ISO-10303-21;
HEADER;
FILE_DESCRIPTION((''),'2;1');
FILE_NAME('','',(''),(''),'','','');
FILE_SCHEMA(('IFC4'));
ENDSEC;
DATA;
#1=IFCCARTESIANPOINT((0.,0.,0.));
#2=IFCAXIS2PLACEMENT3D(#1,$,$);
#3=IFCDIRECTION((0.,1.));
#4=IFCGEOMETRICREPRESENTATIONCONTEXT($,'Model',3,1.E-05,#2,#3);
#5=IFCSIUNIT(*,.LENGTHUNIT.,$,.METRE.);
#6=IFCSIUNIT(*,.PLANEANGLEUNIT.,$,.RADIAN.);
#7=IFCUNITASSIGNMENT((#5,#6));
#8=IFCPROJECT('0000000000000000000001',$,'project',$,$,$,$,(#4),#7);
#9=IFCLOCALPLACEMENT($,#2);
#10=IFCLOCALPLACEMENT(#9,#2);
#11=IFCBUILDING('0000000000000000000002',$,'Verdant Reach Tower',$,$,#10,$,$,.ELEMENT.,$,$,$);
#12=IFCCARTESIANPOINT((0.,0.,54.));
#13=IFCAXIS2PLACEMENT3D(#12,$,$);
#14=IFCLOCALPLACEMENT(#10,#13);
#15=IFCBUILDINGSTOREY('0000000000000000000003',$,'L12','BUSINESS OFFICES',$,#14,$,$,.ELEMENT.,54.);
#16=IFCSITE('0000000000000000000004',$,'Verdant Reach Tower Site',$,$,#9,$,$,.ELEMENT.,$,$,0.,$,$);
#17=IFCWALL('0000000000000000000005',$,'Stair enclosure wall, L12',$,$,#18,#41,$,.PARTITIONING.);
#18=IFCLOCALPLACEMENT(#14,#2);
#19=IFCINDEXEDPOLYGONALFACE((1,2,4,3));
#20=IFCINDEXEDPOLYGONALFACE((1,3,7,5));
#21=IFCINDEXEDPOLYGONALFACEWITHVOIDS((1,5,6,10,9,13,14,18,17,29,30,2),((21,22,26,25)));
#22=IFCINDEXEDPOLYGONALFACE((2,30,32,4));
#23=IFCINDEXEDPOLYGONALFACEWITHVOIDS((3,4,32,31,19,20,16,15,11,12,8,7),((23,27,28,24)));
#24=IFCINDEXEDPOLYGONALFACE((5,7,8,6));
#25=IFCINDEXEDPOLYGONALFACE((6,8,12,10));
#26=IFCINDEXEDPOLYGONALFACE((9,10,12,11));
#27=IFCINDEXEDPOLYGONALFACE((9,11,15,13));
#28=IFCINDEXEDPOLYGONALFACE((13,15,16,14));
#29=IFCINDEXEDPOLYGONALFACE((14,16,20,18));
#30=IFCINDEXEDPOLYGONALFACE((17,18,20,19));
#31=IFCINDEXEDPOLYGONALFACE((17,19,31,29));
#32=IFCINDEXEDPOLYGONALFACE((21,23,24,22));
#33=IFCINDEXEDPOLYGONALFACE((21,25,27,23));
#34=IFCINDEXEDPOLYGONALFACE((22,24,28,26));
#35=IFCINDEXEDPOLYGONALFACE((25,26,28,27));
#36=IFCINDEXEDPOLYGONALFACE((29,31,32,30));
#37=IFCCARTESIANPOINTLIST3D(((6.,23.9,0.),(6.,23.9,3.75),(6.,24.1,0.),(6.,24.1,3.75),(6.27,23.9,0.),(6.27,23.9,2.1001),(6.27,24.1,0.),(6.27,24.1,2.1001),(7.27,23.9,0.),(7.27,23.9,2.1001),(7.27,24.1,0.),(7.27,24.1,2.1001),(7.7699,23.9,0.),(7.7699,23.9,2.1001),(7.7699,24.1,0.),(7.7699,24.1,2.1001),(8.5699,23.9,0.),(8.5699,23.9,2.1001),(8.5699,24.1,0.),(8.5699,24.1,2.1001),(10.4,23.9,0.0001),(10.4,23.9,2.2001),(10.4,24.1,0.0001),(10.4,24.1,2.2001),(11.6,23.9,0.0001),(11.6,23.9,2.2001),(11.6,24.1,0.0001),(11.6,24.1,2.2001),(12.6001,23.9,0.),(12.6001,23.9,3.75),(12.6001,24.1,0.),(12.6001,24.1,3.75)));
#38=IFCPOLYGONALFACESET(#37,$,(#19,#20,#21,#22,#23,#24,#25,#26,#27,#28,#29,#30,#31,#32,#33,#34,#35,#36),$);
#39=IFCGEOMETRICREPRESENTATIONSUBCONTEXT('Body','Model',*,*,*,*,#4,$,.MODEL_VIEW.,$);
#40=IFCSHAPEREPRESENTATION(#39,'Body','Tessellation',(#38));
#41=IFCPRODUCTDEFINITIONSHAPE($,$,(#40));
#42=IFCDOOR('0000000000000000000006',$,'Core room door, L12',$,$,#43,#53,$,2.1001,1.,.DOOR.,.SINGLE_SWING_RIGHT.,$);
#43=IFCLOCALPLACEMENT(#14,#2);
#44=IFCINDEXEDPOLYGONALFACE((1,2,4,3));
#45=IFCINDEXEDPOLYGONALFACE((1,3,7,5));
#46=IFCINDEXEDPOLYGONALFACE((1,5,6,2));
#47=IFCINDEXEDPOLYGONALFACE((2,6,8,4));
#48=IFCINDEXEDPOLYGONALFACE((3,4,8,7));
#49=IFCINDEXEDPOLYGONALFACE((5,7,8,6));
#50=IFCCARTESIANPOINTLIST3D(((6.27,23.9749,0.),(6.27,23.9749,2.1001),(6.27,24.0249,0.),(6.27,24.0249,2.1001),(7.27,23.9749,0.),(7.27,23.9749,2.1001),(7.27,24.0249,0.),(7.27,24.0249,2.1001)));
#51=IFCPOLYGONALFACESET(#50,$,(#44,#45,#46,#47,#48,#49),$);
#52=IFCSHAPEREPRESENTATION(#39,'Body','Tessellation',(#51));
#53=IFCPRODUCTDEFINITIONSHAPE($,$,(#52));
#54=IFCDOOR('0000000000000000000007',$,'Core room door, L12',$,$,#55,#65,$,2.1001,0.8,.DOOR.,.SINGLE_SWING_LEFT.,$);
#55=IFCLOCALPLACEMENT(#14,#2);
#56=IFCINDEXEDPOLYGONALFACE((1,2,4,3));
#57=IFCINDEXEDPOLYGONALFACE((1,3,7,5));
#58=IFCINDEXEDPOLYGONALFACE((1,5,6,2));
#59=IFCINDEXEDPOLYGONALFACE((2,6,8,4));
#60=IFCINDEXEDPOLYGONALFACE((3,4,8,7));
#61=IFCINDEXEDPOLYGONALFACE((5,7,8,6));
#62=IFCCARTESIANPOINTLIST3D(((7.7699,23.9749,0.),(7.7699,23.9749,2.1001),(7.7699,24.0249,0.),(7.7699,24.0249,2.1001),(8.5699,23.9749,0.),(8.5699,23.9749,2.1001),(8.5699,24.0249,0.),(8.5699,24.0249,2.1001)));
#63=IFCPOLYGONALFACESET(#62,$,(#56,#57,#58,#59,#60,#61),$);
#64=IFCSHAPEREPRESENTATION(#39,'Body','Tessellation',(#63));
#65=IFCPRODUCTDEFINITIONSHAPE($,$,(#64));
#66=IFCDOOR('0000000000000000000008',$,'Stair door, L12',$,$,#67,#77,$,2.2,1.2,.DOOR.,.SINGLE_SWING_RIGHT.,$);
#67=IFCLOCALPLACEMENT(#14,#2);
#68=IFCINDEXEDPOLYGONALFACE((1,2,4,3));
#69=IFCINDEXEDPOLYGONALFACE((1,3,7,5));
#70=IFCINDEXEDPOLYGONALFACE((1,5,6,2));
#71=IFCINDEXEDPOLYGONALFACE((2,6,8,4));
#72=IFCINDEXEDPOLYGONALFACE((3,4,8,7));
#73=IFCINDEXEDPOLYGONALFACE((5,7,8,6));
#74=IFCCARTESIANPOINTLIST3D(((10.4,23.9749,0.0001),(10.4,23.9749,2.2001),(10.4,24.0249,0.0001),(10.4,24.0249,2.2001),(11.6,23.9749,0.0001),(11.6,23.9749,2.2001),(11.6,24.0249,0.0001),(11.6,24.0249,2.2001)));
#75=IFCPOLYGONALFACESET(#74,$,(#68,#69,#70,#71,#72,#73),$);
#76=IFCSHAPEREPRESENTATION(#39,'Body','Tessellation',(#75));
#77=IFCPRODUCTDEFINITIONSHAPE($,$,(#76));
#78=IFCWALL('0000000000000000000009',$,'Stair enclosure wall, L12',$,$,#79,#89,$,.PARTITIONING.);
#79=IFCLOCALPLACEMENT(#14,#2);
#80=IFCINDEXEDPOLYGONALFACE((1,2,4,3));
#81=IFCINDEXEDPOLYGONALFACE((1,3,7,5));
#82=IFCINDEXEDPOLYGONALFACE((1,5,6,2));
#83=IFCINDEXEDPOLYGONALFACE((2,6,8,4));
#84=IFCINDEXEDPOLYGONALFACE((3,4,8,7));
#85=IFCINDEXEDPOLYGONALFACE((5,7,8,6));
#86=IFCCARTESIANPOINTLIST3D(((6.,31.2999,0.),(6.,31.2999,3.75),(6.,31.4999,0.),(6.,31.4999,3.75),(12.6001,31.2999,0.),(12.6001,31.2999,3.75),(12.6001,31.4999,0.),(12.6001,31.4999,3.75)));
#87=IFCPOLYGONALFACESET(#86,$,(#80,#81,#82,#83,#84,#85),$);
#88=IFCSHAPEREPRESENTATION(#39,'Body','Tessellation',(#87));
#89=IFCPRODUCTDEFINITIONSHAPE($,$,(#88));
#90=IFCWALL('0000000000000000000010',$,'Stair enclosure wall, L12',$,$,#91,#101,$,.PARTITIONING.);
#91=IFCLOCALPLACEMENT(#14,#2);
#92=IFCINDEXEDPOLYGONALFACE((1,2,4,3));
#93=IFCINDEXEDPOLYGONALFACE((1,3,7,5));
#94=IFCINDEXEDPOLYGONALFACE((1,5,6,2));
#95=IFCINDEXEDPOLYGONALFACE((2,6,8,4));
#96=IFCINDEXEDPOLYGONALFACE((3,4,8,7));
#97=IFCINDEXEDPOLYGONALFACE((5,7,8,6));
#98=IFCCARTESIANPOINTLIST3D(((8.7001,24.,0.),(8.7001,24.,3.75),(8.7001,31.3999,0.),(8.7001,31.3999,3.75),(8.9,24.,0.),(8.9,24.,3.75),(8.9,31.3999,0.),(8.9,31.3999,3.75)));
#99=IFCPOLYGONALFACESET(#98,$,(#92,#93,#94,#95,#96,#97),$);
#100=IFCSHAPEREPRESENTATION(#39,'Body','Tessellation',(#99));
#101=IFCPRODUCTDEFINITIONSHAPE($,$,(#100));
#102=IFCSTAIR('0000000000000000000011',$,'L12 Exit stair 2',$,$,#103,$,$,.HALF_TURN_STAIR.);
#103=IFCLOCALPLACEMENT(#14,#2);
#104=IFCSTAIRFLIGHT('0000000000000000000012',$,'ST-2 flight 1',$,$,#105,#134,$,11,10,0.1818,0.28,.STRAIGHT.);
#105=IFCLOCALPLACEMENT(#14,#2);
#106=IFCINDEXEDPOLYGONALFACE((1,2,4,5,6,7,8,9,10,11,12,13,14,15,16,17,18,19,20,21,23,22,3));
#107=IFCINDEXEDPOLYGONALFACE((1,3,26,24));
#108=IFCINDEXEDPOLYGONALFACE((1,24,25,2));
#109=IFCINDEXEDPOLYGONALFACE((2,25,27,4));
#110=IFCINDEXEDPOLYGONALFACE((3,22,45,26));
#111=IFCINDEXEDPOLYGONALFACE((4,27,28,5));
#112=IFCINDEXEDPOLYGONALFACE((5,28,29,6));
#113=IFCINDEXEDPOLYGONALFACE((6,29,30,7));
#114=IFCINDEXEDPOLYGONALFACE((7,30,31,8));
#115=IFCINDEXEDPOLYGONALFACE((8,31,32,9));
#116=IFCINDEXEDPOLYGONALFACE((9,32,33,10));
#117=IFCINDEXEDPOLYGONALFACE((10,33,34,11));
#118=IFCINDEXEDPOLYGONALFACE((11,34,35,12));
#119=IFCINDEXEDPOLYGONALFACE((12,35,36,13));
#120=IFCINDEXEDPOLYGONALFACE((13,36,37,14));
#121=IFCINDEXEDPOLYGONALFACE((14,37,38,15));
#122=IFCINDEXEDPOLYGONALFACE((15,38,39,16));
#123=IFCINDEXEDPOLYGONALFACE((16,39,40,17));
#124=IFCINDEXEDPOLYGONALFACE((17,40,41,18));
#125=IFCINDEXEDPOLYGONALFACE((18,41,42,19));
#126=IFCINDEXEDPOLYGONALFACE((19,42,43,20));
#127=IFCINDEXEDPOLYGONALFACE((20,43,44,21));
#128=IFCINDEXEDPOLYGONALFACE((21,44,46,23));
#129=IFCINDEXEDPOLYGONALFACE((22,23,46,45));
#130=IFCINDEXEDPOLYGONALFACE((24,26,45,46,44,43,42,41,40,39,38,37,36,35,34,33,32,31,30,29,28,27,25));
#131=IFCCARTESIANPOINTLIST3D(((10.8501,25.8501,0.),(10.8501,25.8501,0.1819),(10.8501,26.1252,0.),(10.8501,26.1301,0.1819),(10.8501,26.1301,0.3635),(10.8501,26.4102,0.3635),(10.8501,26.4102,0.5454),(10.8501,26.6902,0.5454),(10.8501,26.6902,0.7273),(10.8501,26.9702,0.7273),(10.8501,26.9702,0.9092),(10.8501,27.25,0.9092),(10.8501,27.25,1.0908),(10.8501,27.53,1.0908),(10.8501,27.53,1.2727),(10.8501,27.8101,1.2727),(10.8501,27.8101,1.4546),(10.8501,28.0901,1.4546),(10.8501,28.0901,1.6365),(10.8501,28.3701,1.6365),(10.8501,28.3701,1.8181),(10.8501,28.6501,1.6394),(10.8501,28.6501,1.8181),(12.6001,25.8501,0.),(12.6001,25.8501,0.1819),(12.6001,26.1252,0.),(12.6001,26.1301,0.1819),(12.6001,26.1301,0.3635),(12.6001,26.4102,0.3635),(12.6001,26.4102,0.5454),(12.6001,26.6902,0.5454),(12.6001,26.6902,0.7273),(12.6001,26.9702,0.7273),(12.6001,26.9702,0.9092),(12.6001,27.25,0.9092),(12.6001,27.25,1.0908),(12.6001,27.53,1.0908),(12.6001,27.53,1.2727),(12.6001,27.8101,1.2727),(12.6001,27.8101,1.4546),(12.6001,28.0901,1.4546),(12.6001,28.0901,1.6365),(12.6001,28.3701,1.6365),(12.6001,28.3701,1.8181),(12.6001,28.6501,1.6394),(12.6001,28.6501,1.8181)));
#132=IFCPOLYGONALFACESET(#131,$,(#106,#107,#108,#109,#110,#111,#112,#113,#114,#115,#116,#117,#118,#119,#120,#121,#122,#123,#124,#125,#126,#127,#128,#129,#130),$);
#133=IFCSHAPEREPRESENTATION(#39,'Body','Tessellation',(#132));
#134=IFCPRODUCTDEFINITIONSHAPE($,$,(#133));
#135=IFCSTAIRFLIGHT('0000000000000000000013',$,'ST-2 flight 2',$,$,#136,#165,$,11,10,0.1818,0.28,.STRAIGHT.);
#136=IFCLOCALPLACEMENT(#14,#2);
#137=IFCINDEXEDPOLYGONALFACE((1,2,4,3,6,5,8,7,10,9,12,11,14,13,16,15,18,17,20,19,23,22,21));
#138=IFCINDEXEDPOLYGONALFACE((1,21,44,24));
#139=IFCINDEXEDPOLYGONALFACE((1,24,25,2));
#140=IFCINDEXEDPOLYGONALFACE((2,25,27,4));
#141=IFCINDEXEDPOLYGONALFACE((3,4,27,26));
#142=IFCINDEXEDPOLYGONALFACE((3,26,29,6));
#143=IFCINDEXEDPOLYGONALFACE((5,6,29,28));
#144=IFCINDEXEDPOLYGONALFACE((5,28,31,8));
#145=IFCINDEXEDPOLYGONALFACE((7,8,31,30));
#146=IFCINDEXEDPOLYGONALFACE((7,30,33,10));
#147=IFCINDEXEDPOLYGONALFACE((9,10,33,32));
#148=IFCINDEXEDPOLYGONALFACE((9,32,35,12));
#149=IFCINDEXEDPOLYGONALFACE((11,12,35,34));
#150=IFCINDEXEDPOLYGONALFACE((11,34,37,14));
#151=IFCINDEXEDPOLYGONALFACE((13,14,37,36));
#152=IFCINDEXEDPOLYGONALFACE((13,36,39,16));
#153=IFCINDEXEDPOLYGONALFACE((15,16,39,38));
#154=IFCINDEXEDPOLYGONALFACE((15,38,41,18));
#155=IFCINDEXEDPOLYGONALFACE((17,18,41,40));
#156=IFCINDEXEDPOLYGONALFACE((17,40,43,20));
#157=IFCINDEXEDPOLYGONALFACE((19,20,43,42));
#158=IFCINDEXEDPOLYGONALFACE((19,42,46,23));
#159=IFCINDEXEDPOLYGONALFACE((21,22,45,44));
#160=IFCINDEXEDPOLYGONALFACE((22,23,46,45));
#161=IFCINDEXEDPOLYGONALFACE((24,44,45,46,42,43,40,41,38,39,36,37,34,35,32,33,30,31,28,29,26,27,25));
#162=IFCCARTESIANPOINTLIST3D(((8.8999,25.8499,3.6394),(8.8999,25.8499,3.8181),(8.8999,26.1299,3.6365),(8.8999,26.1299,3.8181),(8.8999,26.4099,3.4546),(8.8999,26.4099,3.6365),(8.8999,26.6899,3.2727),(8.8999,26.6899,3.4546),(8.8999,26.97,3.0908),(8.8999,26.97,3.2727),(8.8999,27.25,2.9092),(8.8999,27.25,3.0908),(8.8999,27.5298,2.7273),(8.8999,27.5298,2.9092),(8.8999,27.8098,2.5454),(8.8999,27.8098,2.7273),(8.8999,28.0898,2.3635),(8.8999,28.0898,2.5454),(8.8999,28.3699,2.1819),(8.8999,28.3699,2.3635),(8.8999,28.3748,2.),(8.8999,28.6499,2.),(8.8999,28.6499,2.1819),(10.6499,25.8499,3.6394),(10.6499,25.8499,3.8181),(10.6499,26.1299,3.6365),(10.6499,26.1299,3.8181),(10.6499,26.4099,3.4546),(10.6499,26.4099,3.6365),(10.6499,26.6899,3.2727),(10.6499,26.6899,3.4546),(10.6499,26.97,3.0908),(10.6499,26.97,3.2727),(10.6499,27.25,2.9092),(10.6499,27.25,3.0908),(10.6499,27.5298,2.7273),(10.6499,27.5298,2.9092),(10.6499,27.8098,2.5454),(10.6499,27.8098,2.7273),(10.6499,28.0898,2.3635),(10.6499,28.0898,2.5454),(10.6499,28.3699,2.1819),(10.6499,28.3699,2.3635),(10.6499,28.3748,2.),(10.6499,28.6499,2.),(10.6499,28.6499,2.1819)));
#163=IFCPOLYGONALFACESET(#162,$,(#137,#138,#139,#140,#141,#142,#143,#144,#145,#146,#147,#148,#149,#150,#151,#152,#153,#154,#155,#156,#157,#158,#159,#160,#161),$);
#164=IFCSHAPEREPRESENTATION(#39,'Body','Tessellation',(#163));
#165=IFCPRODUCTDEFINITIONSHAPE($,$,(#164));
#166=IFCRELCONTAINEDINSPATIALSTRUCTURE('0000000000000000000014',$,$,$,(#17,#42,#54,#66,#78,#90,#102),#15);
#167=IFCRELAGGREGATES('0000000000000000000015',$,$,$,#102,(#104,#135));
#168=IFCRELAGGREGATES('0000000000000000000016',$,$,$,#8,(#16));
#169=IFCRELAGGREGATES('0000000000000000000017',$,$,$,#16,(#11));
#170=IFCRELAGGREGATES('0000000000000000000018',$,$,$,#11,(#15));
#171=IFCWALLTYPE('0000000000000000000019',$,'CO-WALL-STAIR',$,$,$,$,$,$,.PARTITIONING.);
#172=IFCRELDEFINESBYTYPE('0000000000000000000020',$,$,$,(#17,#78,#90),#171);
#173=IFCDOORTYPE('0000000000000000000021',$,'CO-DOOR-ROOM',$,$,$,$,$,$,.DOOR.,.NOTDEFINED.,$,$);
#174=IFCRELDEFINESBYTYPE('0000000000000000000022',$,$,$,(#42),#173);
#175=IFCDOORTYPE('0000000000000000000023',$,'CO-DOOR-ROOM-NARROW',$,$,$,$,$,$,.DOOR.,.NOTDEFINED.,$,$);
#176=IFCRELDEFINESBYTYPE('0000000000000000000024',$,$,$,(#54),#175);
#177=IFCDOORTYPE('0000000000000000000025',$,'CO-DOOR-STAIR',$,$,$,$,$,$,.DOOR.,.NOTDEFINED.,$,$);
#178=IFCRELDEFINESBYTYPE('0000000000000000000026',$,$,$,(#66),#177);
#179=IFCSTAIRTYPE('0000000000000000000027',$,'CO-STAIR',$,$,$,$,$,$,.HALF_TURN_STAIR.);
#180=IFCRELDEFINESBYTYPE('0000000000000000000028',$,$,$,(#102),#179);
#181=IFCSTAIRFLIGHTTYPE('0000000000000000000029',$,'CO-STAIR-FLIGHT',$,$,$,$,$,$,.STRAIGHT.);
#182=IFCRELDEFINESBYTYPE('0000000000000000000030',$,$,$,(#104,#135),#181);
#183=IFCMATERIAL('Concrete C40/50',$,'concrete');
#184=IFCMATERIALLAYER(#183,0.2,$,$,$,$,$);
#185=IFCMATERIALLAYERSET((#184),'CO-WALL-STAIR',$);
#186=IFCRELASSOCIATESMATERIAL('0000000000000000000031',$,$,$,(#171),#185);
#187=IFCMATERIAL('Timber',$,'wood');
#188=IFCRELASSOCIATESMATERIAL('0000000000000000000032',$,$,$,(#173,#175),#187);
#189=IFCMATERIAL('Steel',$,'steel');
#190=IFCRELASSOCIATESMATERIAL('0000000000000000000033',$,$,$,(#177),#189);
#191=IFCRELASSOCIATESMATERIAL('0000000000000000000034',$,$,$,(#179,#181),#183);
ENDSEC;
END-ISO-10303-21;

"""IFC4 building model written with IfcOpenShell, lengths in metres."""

from ifc_helpers import new_model, si_unit, direction, frame, frame_2d, origin, place, context, subcontext, project, spatial, polyline, rectangle, outline, extrude, material, layer, layer_set, type_object, element, fill, aggregate, save


model = new_model("IFC4")

# Units and contexts
model_context = context("Model", 3, precision=1e-05, world=origin(), true_north=direction((0.0, 1.0)))
body_context = subcontext(model_context, "Body", "Model", "MODEL_VIEW")
ifc_project = project(units=[si_unit("LENGTHUNIT", "METRE"), si_unit("PLANEANGLEUNIT", "RADIAN")], contexts=[model_context])

# Site, building, storey
site_placement = place(None, origin())
site = spatial("IfcSite", under=ifc_project, at=site_placement, Name="Verdant Reach Tower Site", CompositionType="ELEMENT", RefElevation=0.0)
building_placement = place(site_placement, origin())
building = spatial("IfcBuilding", under=site, at=building_placement, Name="Verdant Reach Tower", CompositionType="ELEMENT")
storey_placement = place(building_placement, frame((0.0, 0.0, 54.0)))
storey = spatial("IfcBuildingStorey", under=building, at=storey_placement, Name="L12", Description="BUSINESS OFFICES", CompositionType="ELEMENT", Elevation=54.0)

# Shared definitions
ifc_material_1 = material(Name="Concrete C40/50", Category="concrete")

# Wall, openings, doors
ifc_layer_1 = layer(ifc_material_1, 0.2)
ifc_layer_set_1 = layer_set([ifc_layer_1], Name="CO-WALL-STAIR")
wall_type_1 = type_object("IfcWallType", Name="CO-WALL-STAIR", PredefinedType="PARTITIONING", material=ifc_layer_set_1)
wall_1_placement = place(storey_placement, frame((6.0, 24.0, 0.0), z_axis=(0.0, 0.0, 1.0), x_axis=(1.0, 0.0, 0.0)))
wall_1 = element("IfcWall", 1, at=wall_1_placement, inside=storey, type_object=wall_type_1, Name="Stair enclosure wall, L12", PredefinedType="PARTITIONING", context=body_context, shape_type="SweptSolid", body=[
    extrude(rectangle(XDim=6.6001, YDim=0.2, at=frame_2d((3.3, 0.0))), origin(), (0.0, 0.0, 1.0), 3.75),
])
opening_1_placement = place(wall_1_placement, frame((0.27, 0.0, 0.0)))
opening_1 = element("IfcOpeningElement", 2, at=opening_1_placement, cuts=wall_1, PredefinedType="OPENING", context=body_context, shape_type="SweptSolid", body=[
    extrude(rectangle(XDim=1.0, YDim=2.1001, at=frame_2d((0.5, 1.05))), frame((0.0, 0.1099, 0.0), z_axis=(0.0, -1.0, 0.0), x_axis=(1.0, 0.0, 0.0)), (0.0, 0.0, 1.0), 0.22),
])
opening_2_placement = place(wall_1_placement, frame((1.77, 0.0, 0.0)))
opening_2 = element("IfcOpeningElement", 3, at=opening_2_placement, cuts=wall_1, PredefinedType="OPENING", context=body_context, shape_type="SweptSolid", body=[
    extrude(rectangle(XDim=0.8, YDim=2.1001, at=frame_2d((0.3999, 1.05))), frame((0.0, 0.1099, 0.0), z_axis=(0.0, -1.0, 0.0), x_axis=(1.0, 0.0, 0.0)), (0.0, 0.0, 1.0), 0.22),
])
opening_3_placement = place(wall_1_placement, frame((4.3999, 0.0, 0.0)))
opening_3 = element("IfcOpeningElement", 4, at=opening_3_placement, cuts=wall_1, PredefinedType="OPENING", context=body_context, shape_type="SweptSolid", body=[
    extrude(rectangle(XDim=1.2, YDim=2.2, at=frame_2d((0.6001, 1.1001))), frame((0.0, 0.1099, 0.0), z_axis=(0.0, -1.0, 0.0), x_axis=(1.0, 0.0, 0.0)), (0.0, 0.0, 1.0), 0.22),
])
ifc_material_2 = material(Name="Timber", Category="wood")
door_type_1 = type_object("IfcDoorType", Name="CO-DOOR-ROOM", OperationType="NOTDEFINED", PredefinedType="DOOR", material=ifc_material_2)
door_1_placement = place(opening_1_placement, origin())
door_1 = element("IfcDoor", 5, at=door_1_placement, inside=storey, type_object=door_type_1, Name="Core room door, L12", OperationType="SINGLE_SWING_RIGHT", OverallHeight=2.1001, OverallWidth=1.0, PredefinedType="DOOR", context=body_context, shape_type="SweptSolid", body=[
    extrude(rectangle(XDim=1.0, YDim=2.1001, at=frame_2d((0.5, 1.05))), frame((0.0, 0.0249, 0.0), z_axis=(0.0, -1.0, 0.0), x_axis=(1.0, 0.0, 0.0)), (0.0, 0.0, 1.0), 0.05),
])
fill(opening_1, door_1)
door_type_2 = type_object("IfcDoorType", Name="CO-DOOR-ROOM-NARROW", OperationType="NOTDEFINED", PredefinedType="DOOR", material=ifc_material_2)
door_2_placement = place(opening_2_placement, origin())
door_2 = element("IfcDoor", 6, at=door_2_placement, inside=storey, type_object=door_type_2, Name="Core room door, L12", OperationType="SINGLE_SWING_LEFT", OverallHeight=2.1001, OverallWidth=0.8, PredefinedType="DOOR", context=body_context, shape_type="SweptSolid", body=[
    extrude(rectangle(XDim=0.8, YDim=2.1001, at=frame_2d((0.3999, 1.05))), frame((0.0, 0.0249, 0.0), z_axis=(0.0, -1.0, 0.0), x_axis=(1.0, 0.0, 0.0)), (0.0, 0.0, 1.0), 0.05),
])
fill(opening_2, door_2)
ifc_material_3 = material(Name="Steel", Category="steel")
door_type_3 = type_object("IfcDoorType", Name="CO-DOOR-STAIR", OperationType="NOTDEFINED", PredefinedType="DOOR", material=ifc_material_3)
door_3_placement = place(opening_3_placement, origin())
door_3 = element("IfcDoor", 7, at=door_3_placement, inside=storey, type_object=door_type_3, Name="Stair door, L12", OperationType="SINGLE_SWING_RIGHT", OverallHeight=2.2, OverallWidth=1.2, PredefinedType="DOOR", context=body_context, shape_type="SweptSolid", body=[
    extrude(rectangle(XDim=1.2, YDim=2.2, at=frame_2d((0.6001, 1.1001))), frame((0.0, 0.0249, 0.0), z_axis=(0.0, -1.0, 0.0), x_axis=(1.0, 0.0, 0.0)), (0.0, 0.0, 1.0), 0.05),
])
fill(opening_3, door_3)

# Walls
wall_2_placement = place(storey_placement, frame((6.0, 31.3999, 0.0), z_axis=(0.0, 0.0, 1.0), x_axis=(1.0, 0.0, 0.0)))
element("IfcWall", 8, at=wall_2_placement, inside=storey, type_object=wall_type_1, Name="Stair enclosure wall, L12", PredefinedType="PARTITIONING", context=body_context, shape_type="SweptSolid", body=[
    extrude(rectangle(XDim=6.6001, YDim=0.2, at=frame_2d((3.3, 0.0))), origin(), (0.0, 0.0, 1.0), 3.75),
])
wall_3_placement = place(storey_placement, frame((8.8, 24.0, 0.0), z_axis=(0.0, 0.0, 1.0), x_axis=(0.0, 1.0, 0.0)))
element("IfcWall", 9, at=wall_3_placement, inside=storey, type_object=wall_type_1, Name="Stair enclosure wall, L12", PredefinedType="PARTITIONING", context=body_context, shape_type="SweptSolid", body=[
    extrude(rectangle(XDim=7.3999, YDim=0.2, at=frame_2d((3.7, 0.0))), origin(), (0.0, 0.0, 1.0), 3.75),
])

# Stair, stair flights
stair_type = type_object("IfcStairType", Name="CO-STAIR", PredefinedType="HALF_TURN_STAIR", material=ifc_material_1)
stair_placement = place(storey_placement, origin())
stair = element("IfcStair", 10, at=stair_placement, inside=storey, type_object=stair_type, Name="L12 Exit stair 2", PredefinedType="HALF_TURN_STAIR")
stair_flight_type = type_object("IfcStairFlightType", Name="CO-STAIR-FLIGHT", PredefinedType="STRAIGHT", material=ifc_material_1)
stair_flight_1_placement = place(storey_placement, frame((11.7251, 25.8501, 0.0), z_axis=(0.0, 0.0, 1.0), x_axis=(0.0, 1.0, 0.0)))
stair_flight_1 = element("IfcStairFlight", 11, at=stair_flight_1_placement, type_object=stair_flight_type, Name="ST-2 flight 1", NumberOfRisers=11, NumberOfTreads=10, PredefinedType="STRAIGHT", RiserHeight=0.1818, TreadLength=0.28, context=body_context, shape_type="SweptSolid", body=[
    extrude(outline(polyline([(0.0, 0.0), (0.0, 0.1819), (0.28, 0.1819), (0.28, 0.3635), (0.5601, 0.3635), (0.5601, 0.5454), (0.8401, 0.5454), (0.8401, 0.7273), (1.1201, 0.7273), (1.1201, 0.9092), (1.3999, 0.9092), (1.3999, 1.0908), (1.6799, 1.0908), (1.6799, 1.2727), (1.96, 1.2727), (1.96, 1.4546), (2.24, 1.4546), (2.24, 1.6365), (2.52, 1.6365), (2.52, 1.8181), (2.8, 1.8181), (2.8, 2.0), (2.8, 1.6394), (0.2751, 0.0), (0.0, 0.0)])), frame((0.0, 0.875, 0.0), z_axis=(0.0, -1.0, 0.0), x_axis=(1.0, 0.0, 0.0)), (0.0, 0.0, 1.0), 1.75),
])
stair_flight_2_placement = place(storey_placement, frame((9.7749, 28.6499, 2.0), z_axis=(0.0, 0.0, 1.0), x_axis=(0.0, -1.0, 0.0)))
stair_flight_2 = element("IfcStairFlight", 12, at=stair_flight_2_placement, type_object=stair_flight_type, Name="ST-2 flight 2", NumberOfRisers=11, NumberOfTreads=10, PredefinedType="STRAIGHT", RiserHeight=0.1818, TreadLength=0.28, context=body_context, shape_type="SweptSolid", body=[
    extrude(outline(polyline([(0.0, 0.0), (0.0, 0.1819), (0.28, 0.1819), (0.28, 0.3635), (0.5601, 0.3635), (0.5601, 0.5454), (0.8401, 0.5454), (0.8401, 0.7273), (1.1201, 0.7273), (1.1201, 0.9092), (1.3999, 0.9092), (1.3999, 1.0908), (1.6799, 1.0908), (1.6799, 1.2727), (1.96, 1.2727), (1.96, 1.4546), (2.24, 1.4546), (2.24, 1.6365), (2.52, 1.6365), (2.52, 1.8181), (2.8, 1.8181), (2.8, 2.0), (2.8, 1.6394), (0.2751, 0.0), (0.0, 0.0)])), frame((0.0, 0.875, 0.0), z_axis=(0.0, -1.0, 0.0), x_axis=(1.0, 0.0, 0.0)), (0.0, 0.0, 1.0), 1.75),
])
aggregate(stair, [stair_flight_1, stair_flight_2])

save(model, "model.ifc")
